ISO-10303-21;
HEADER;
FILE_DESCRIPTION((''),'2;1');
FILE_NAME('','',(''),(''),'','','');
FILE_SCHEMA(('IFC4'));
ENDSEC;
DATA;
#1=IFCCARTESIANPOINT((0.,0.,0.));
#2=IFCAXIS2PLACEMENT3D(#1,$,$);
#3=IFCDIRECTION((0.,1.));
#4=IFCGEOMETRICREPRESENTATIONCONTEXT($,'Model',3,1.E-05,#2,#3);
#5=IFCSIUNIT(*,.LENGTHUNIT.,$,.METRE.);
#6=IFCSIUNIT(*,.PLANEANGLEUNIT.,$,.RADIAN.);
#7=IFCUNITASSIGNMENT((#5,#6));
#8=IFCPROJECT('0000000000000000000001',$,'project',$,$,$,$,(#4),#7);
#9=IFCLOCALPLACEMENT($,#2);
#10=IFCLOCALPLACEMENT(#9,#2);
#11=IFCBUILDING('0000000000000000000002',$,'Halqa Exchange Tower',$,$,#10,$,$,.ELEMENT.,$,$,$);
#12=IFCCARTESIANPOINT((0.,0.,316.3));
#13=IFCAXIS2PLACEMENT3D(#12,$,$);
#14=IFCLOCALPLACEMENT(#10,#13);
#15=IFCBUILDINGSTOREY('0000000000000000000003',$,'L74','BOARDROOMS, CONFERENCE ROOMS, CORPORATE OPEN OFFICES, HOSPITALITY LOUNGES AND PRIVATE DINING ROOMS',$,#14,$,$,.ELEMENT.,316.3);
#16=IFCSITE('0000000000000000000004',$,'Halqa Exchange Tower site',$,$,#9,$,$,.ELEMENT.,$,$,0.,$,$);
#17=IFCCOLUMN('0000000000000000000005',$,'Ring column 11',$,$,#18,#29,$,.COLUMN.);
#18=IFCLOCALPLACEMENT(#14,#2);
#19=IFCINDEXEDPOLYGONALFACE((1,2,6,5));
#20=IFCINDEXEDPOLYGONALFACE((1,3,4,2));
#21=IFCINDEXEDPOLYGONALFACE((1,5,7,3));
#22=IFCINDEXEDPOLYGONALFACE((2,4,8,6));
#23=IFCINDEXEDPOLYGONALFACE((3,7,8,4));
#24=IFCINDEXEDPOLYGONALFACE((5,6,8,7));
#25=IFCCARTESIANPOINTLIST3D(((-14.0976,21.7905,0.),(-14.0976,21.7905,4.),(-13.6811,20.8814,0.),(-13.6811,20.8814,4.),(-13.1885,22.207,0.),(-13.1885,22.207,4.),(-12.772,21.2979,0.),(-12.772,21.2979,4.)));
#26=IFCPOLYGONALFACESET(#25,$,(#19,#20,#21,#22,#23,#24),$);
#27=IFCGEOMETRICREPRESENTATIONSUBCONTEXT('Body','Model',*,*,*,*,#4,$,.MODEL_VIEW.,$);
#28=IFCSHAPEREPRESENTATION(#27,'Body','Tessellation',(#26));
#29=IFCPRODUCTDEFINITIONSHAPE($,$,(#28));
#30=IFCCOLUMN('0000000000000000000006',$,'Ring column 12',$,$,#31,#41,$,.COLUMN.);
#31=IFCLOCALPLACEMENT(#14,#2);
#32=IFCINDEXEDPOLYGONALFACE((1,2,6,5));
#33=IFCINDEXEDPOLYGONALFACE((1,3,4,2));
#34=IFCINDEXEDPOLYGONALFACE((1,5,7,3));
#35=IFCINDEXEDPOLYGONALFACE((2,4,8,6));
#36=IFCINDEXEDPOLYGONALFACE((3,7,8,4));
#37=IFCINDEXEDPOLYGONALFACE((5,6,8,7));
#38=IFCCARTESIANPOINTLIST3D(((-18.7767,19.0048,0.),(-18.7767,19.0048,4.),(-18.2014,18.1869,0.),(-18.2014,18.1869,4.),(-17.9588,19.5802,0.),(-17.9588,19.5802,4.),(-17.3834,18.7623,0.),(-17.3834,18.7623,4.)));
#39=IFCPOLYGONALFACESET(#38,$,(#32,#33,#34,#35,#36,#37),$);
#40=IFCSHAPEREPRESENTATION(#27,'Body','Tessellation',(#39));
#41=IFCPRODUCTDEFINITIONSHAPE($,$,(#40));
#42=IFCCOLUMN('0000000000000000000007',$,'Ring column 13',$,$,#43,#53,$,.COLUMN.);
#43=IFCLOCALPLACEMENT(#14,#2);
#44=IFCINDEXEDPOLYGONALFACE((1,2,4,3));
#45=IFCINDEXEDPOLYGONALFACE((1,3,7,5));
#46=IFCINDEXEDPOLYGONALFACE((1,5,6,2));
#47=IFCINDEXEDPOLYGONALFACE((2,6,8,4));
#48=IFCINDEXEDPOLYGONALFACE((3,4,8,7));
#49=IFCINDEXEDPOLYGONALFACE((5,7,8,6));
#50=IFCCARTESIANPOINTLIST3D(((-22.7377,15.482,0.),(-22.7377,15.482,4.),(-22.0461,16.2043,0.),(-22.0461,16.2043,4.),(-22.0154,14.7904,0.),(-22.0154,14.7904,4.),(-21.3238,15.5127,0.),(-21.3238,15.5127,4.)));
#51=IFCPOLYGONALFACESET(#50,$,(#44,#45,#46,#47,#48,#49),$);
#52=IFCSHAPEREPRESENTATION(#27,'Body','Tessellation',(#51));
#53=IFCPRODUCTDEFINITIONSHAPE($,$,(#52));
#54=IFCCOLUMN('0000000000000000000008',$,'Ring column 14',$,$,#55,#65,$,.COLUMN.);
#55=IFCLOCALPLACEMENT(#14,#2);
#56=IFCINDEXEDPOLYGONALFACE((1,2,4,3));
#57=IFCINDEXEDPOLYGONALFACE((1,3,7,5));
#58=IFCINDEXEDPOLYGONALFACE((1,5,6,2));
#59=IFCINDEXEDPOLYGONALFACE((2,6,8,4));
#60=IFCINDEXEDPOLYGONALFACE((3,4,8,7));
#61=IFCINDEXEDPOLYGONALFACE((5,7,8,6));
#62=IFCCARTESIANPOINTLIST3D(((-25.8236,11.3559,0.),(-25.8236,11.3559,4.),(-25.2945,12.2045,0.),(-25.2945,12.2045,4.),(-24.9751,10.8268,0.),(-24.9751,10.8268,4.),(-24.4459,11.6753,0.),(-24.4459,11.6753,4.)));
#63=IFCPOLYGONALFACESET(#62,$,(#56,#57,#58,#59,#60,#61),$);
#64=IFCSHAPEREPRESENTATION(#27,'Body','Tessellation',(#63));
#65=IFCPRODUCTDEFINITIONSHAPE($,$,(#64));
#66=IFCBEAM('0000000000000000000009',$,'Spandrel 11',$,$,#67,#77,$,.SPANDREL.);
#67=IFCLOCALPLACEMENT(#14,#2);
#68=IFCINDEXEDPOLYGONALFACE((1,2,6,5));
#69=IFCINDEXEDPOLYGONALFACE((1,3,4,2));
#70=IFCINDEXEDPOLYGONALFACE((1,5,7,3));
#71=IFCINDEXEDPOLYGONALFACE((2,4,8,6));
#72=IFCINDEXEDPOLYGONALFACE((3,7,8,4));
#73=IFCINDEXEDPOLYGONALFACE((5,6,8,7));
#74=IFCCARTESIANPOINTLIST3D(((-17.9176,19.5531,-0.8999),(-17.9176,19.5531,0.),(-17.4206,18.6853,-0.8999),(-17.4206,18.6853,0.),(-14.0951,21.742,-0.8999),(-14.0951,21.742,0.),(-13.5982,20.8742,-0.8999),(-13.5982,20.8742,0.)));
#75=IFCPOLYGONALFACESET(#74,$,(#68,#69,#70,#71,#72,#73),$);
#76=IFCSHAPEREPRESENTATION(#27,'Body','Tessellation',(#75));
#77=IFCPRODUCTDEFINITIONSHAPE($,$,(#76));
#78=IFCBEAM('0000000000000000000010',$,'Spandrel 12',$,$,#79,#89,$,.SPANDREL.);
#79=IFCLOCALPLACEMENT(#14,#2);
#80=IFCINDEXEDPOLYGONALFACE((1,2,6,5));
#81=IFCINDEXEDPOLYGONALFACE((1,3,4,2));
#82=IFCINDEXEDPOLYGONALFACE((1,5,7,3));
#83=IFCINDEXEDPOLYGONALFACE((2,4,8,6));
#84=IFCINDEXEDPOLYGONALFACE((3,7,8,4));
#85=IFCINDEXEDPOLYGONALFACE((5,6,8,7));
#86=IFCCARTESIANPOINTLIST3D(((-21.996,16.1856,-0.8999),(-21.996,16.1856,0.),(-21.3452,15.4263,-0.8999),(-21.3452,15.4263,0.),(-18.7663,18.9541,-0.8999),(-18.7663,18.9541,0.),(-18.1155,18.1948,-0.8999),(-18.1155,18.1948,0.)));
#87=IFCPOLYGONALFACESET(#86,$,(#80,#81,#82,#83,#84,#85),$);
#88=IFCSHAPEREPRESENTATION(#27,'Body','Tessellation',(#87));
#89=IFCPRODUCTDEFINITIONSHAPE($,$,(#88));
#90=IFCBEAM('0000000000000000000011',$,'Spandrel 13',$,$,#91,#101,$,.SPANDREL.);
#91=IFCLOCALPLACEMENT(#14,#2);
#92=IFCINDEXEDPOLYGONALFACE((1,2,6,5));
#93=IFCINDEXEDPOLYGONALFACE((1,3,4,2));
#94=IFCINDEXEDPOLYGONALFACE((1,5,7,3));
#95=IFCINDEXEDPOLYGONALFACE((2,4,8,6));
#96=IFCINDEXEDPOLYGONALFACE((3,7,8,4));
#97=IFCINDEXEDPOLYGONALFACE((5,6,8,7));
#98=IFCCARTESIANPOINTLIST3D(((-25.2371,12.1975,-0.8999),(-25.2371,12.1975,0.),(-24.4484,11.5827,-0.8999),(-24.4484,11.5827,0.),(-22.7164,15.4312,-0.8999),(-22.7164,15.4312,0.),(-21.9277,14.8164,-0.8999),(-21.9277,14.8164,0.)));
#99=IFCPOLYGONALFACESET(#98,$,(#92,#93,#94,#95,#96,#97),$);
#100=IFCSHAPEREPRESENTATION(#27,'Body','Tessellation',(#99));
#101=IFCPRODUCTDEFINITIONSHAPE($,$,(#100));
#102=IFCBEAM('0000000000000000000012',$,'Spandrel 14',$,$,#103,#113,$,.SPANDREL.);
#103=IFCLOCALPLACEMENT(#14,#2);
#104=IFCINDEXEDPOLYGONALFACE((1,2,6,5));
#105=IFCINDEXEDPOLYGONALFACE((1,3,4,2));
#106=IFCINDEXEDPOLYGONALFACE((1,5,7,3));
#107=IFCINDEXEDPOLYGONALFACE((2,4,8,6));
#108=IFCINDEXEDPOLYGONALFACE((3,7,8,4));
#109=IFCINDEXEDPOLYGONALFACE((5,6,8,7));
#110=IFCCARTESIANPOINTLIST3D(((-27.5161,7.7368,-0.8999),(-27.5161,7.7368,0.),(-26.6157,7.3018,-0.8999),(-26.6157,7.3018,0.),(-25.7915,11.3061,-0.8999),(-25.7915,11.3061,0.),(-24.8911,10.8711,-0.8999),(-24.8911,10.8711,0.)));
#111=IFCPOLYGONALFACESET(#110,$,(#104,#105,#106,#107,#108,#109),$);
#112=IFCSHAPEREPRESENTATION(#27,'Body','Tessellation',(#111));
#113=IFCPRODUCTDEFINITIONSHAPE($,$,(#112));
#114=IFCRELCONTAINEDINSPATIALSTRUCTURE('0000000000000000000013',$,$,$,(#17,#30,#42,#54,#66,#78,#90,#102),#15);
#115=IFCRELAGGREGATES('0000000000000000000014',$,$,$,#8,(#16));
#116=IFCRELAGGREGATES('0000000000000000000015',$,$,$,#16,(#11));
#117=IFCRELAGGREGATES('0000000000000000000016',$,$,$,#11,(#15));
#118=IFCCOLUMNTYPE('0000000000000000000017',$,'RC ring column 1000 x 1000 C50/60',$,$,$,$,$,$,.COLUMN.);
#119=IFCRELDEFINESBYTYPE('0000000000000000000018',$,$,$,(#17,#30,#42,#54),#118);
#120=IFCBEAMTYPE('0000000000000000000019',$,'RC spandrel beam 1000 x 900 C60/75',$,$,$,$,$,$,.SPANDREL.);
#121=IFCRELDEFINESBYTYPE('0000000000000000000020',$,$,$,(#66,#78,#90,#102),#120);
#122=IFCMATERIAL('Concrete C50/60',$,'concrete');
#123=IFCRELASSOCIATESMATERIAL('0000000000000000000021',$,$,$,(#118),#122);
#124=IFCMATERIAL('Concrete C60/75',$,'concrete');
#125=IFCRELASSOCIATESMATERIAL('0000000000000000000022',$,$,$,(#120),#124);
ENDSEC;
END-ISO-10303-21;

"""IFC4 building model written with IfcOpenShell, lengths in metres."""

from ifc_helpers import new_model, si_unit, direction, frame, origin, origin_2d, place, context, subcontext, project, spatial, rectangle, extrude, material, material_profile, profile_set, type_object, element, save


model = new_model("IFC4")

# Units and contexts
model_context = context("Model", 3, precision=1e-05, world=origin(), true_north=direction((0.0, 1.0)))
body_context = subcontext(model_context, "Body", "Model", "MODEL_VIEW")
ifc_project = project(units=[si_unit("LENGTHUNIT", "METRE"), si_unit("PLANEANGLEUNIT", "RADIAN")], contexts=[model_context])

# Site, building, storey
site_placement = place(None, origin())
site = spatial("IfcSite", under=ifc_project, at=site_placement, Name="Halqa Exchange Tower site", CompositionType="ELEMENT", RefElevation=0.0)
building_placement = place(site_placement, origin())
building = spatial("IfcBuilding", under=site, at=building_placement, Name="Halqa Exchange Tower", CompositionType="ELEMENT")
storey_placement = place(building_placement, frame((0.0, 0.0, 316.3)))
storey = spatial("IfcBuildingStorey", under=building, at=storey_placement, Name="L74", Description="BOARDROOMS, CONFERENCE ROOMS, CORPORATE OPEN OFFICES, HOSPITALITY LOUNGES AND PRIVATE DINING ROOMS", CompositionType="ELEMENT", Elevation=316.3)

# Columns
ifc_material_1 = material(Name="Concrete C50/60", Category="concrete")
ifc_material_profile_1 = material_profile(ifc_material_1, rectangle(XDim=1.0, YDim=1.0, at=origin_2d()), Name="1000 x 1000")
ifc_profile_set_1 = profile_set([ifc_material_profile_1], Name="Concrete C50/60")
column_type = type_object("IfcColumnType", Name="RC ring column 1000 x 1000 C50/60", PredefinedType="COLUMN", material=ifc_profile_set_1)
for number, where, z_axis, x_axis, name in (
    (1, (-13.4348, 21.5442, 0.0), (0.0, 0.0, 1.0), (-0.909129, -0.416516, 0.0), "Ring column 11"),
    (2, (-18.0801, 18.8835, 0.0), (0.0, 0.0, 1.0), (-0.817907, -0.575351, 0.0), "Ring column 12"),
    (3, (-22.0308, 15.4973, 0.0), (0.0, 0.0, 1.0), (-0.691579, -0.722301, 0.0), "Ring column 13"),
    (4, (-25.1348, 11.5156, 0.0), (0.0, 0.0, 1.0), (-0.52914, -0.848534, 0.0), "Ring column 14"),
):
    element("IfcColumn", number, at=place(storey_placement, frame(where, z_axis=z_axis, x_axis=x_axis)), inside=storey, type_object=column_type, Name=name, PredefinedType="COLUMN", context=body_context, shape_type="SweptSolid", body=[
        extrude(rectangle(XDim=1.0, YDim=1.0, at=origin_2d()), origin(), (0.0, 0.0, 1.0), 4.0),
    ])

# Beams
ifc_material_2 = material(Name="Concrete C60/75", Category="concrete")
ifc_material_profile_2 = material_profile(ifc_material_2, rectangle(XDim=1.0, YDim=0.8999, at=origin_2d()), Name="1000 x 900")
ifc_profile_set_2 = profile_set([ifc_material_profile_2], Name="Concrete C60/75")
beam_type = type_object("IfcBeamType", Name="RC spandrel beam 1000 x 900 C60/75", PredefinedType="SPANDREL", material=ifc_profile_set_2)
beam_1_placement = place(storey_placement, frame((-13.8467, 21.3081, -0.45), z_axis=(-0.867786, -0.496939, 0.0), x_axis=(0.496939, -0.867786, 0.0)))
element("IfcBeam", 5, at=beam_1_placement, inside=storey, type_object=beam_type, Name="Spandrel 11", PredefinedType="SPANDREL", context=body_context, shape_type="SweptSolid", body=[
    extrude(rectangle(XDim=1.0, YDim=0.8999, at=origin_2d()), origin(), (0.0, 0.0, 1.0), 4.4048),
])
beam_2_placement = place(storey_placement, frame((-18.4409, 18.5745, -0.45), z_axis=(-0.759232, -0.65082, 0.0), x_axis=(0.65082, -0.759232, 0.0)))
element("IfcBeam", 6, at=beam_2_placement, inside=storey, type_object=beam_type, Name="Spandrel 12", PredefinedType="SPANDREL", context=body_context, shape_type="SweptSolid", body=[
    extrude(rectangle(XDim=1.0, YDim=0.8999, at=origin_2d()), origin(), (0.0, 0.0, 1.0), 4.2539),
])
beam_3_placement = place(storey_placement, frame((-22.322, 15.1238, -0.45), z_axis=(-0.614806, -0.788678, 0.0), x_axis=(0.788678, -0.614806, 0.0)))
element("IfcBeam", 7, at=beam_3_placement, inside=storey, type_object=beam_type, Name="Spandrel 13", PredefinedType="SPANDREL", context=body_context, shape_type="SweptSolid", body=[
    extrude(rectangle(XDim=1.0, YDim=0.8999, at=origin_2d()), origin(), (0.0, 0.0, 1.0), 4.1001),
])
beam_4_placement = place(storey_placement, frame((-25.3413, 11.0886, -0.45), z_axis=(-0.435052, -0.900405, 0.0), x_axis=(0.900405, -0.435052, 0.0)))
element("IfcBeam", 8, at=beam_4_placement, inside=storey, type_object=beam_type, Name="Spandrel 14", PredefinedType="SPANDREL", context=body_context, shape_type="SweptSolid", body=[
    extrude(rectangle(XDim=1.0, YDim=0.8999, at=origin_2d()), origin(), (0.0, 0.0, 1.0), 3.9641),
])

save(model, "model.ifc")
